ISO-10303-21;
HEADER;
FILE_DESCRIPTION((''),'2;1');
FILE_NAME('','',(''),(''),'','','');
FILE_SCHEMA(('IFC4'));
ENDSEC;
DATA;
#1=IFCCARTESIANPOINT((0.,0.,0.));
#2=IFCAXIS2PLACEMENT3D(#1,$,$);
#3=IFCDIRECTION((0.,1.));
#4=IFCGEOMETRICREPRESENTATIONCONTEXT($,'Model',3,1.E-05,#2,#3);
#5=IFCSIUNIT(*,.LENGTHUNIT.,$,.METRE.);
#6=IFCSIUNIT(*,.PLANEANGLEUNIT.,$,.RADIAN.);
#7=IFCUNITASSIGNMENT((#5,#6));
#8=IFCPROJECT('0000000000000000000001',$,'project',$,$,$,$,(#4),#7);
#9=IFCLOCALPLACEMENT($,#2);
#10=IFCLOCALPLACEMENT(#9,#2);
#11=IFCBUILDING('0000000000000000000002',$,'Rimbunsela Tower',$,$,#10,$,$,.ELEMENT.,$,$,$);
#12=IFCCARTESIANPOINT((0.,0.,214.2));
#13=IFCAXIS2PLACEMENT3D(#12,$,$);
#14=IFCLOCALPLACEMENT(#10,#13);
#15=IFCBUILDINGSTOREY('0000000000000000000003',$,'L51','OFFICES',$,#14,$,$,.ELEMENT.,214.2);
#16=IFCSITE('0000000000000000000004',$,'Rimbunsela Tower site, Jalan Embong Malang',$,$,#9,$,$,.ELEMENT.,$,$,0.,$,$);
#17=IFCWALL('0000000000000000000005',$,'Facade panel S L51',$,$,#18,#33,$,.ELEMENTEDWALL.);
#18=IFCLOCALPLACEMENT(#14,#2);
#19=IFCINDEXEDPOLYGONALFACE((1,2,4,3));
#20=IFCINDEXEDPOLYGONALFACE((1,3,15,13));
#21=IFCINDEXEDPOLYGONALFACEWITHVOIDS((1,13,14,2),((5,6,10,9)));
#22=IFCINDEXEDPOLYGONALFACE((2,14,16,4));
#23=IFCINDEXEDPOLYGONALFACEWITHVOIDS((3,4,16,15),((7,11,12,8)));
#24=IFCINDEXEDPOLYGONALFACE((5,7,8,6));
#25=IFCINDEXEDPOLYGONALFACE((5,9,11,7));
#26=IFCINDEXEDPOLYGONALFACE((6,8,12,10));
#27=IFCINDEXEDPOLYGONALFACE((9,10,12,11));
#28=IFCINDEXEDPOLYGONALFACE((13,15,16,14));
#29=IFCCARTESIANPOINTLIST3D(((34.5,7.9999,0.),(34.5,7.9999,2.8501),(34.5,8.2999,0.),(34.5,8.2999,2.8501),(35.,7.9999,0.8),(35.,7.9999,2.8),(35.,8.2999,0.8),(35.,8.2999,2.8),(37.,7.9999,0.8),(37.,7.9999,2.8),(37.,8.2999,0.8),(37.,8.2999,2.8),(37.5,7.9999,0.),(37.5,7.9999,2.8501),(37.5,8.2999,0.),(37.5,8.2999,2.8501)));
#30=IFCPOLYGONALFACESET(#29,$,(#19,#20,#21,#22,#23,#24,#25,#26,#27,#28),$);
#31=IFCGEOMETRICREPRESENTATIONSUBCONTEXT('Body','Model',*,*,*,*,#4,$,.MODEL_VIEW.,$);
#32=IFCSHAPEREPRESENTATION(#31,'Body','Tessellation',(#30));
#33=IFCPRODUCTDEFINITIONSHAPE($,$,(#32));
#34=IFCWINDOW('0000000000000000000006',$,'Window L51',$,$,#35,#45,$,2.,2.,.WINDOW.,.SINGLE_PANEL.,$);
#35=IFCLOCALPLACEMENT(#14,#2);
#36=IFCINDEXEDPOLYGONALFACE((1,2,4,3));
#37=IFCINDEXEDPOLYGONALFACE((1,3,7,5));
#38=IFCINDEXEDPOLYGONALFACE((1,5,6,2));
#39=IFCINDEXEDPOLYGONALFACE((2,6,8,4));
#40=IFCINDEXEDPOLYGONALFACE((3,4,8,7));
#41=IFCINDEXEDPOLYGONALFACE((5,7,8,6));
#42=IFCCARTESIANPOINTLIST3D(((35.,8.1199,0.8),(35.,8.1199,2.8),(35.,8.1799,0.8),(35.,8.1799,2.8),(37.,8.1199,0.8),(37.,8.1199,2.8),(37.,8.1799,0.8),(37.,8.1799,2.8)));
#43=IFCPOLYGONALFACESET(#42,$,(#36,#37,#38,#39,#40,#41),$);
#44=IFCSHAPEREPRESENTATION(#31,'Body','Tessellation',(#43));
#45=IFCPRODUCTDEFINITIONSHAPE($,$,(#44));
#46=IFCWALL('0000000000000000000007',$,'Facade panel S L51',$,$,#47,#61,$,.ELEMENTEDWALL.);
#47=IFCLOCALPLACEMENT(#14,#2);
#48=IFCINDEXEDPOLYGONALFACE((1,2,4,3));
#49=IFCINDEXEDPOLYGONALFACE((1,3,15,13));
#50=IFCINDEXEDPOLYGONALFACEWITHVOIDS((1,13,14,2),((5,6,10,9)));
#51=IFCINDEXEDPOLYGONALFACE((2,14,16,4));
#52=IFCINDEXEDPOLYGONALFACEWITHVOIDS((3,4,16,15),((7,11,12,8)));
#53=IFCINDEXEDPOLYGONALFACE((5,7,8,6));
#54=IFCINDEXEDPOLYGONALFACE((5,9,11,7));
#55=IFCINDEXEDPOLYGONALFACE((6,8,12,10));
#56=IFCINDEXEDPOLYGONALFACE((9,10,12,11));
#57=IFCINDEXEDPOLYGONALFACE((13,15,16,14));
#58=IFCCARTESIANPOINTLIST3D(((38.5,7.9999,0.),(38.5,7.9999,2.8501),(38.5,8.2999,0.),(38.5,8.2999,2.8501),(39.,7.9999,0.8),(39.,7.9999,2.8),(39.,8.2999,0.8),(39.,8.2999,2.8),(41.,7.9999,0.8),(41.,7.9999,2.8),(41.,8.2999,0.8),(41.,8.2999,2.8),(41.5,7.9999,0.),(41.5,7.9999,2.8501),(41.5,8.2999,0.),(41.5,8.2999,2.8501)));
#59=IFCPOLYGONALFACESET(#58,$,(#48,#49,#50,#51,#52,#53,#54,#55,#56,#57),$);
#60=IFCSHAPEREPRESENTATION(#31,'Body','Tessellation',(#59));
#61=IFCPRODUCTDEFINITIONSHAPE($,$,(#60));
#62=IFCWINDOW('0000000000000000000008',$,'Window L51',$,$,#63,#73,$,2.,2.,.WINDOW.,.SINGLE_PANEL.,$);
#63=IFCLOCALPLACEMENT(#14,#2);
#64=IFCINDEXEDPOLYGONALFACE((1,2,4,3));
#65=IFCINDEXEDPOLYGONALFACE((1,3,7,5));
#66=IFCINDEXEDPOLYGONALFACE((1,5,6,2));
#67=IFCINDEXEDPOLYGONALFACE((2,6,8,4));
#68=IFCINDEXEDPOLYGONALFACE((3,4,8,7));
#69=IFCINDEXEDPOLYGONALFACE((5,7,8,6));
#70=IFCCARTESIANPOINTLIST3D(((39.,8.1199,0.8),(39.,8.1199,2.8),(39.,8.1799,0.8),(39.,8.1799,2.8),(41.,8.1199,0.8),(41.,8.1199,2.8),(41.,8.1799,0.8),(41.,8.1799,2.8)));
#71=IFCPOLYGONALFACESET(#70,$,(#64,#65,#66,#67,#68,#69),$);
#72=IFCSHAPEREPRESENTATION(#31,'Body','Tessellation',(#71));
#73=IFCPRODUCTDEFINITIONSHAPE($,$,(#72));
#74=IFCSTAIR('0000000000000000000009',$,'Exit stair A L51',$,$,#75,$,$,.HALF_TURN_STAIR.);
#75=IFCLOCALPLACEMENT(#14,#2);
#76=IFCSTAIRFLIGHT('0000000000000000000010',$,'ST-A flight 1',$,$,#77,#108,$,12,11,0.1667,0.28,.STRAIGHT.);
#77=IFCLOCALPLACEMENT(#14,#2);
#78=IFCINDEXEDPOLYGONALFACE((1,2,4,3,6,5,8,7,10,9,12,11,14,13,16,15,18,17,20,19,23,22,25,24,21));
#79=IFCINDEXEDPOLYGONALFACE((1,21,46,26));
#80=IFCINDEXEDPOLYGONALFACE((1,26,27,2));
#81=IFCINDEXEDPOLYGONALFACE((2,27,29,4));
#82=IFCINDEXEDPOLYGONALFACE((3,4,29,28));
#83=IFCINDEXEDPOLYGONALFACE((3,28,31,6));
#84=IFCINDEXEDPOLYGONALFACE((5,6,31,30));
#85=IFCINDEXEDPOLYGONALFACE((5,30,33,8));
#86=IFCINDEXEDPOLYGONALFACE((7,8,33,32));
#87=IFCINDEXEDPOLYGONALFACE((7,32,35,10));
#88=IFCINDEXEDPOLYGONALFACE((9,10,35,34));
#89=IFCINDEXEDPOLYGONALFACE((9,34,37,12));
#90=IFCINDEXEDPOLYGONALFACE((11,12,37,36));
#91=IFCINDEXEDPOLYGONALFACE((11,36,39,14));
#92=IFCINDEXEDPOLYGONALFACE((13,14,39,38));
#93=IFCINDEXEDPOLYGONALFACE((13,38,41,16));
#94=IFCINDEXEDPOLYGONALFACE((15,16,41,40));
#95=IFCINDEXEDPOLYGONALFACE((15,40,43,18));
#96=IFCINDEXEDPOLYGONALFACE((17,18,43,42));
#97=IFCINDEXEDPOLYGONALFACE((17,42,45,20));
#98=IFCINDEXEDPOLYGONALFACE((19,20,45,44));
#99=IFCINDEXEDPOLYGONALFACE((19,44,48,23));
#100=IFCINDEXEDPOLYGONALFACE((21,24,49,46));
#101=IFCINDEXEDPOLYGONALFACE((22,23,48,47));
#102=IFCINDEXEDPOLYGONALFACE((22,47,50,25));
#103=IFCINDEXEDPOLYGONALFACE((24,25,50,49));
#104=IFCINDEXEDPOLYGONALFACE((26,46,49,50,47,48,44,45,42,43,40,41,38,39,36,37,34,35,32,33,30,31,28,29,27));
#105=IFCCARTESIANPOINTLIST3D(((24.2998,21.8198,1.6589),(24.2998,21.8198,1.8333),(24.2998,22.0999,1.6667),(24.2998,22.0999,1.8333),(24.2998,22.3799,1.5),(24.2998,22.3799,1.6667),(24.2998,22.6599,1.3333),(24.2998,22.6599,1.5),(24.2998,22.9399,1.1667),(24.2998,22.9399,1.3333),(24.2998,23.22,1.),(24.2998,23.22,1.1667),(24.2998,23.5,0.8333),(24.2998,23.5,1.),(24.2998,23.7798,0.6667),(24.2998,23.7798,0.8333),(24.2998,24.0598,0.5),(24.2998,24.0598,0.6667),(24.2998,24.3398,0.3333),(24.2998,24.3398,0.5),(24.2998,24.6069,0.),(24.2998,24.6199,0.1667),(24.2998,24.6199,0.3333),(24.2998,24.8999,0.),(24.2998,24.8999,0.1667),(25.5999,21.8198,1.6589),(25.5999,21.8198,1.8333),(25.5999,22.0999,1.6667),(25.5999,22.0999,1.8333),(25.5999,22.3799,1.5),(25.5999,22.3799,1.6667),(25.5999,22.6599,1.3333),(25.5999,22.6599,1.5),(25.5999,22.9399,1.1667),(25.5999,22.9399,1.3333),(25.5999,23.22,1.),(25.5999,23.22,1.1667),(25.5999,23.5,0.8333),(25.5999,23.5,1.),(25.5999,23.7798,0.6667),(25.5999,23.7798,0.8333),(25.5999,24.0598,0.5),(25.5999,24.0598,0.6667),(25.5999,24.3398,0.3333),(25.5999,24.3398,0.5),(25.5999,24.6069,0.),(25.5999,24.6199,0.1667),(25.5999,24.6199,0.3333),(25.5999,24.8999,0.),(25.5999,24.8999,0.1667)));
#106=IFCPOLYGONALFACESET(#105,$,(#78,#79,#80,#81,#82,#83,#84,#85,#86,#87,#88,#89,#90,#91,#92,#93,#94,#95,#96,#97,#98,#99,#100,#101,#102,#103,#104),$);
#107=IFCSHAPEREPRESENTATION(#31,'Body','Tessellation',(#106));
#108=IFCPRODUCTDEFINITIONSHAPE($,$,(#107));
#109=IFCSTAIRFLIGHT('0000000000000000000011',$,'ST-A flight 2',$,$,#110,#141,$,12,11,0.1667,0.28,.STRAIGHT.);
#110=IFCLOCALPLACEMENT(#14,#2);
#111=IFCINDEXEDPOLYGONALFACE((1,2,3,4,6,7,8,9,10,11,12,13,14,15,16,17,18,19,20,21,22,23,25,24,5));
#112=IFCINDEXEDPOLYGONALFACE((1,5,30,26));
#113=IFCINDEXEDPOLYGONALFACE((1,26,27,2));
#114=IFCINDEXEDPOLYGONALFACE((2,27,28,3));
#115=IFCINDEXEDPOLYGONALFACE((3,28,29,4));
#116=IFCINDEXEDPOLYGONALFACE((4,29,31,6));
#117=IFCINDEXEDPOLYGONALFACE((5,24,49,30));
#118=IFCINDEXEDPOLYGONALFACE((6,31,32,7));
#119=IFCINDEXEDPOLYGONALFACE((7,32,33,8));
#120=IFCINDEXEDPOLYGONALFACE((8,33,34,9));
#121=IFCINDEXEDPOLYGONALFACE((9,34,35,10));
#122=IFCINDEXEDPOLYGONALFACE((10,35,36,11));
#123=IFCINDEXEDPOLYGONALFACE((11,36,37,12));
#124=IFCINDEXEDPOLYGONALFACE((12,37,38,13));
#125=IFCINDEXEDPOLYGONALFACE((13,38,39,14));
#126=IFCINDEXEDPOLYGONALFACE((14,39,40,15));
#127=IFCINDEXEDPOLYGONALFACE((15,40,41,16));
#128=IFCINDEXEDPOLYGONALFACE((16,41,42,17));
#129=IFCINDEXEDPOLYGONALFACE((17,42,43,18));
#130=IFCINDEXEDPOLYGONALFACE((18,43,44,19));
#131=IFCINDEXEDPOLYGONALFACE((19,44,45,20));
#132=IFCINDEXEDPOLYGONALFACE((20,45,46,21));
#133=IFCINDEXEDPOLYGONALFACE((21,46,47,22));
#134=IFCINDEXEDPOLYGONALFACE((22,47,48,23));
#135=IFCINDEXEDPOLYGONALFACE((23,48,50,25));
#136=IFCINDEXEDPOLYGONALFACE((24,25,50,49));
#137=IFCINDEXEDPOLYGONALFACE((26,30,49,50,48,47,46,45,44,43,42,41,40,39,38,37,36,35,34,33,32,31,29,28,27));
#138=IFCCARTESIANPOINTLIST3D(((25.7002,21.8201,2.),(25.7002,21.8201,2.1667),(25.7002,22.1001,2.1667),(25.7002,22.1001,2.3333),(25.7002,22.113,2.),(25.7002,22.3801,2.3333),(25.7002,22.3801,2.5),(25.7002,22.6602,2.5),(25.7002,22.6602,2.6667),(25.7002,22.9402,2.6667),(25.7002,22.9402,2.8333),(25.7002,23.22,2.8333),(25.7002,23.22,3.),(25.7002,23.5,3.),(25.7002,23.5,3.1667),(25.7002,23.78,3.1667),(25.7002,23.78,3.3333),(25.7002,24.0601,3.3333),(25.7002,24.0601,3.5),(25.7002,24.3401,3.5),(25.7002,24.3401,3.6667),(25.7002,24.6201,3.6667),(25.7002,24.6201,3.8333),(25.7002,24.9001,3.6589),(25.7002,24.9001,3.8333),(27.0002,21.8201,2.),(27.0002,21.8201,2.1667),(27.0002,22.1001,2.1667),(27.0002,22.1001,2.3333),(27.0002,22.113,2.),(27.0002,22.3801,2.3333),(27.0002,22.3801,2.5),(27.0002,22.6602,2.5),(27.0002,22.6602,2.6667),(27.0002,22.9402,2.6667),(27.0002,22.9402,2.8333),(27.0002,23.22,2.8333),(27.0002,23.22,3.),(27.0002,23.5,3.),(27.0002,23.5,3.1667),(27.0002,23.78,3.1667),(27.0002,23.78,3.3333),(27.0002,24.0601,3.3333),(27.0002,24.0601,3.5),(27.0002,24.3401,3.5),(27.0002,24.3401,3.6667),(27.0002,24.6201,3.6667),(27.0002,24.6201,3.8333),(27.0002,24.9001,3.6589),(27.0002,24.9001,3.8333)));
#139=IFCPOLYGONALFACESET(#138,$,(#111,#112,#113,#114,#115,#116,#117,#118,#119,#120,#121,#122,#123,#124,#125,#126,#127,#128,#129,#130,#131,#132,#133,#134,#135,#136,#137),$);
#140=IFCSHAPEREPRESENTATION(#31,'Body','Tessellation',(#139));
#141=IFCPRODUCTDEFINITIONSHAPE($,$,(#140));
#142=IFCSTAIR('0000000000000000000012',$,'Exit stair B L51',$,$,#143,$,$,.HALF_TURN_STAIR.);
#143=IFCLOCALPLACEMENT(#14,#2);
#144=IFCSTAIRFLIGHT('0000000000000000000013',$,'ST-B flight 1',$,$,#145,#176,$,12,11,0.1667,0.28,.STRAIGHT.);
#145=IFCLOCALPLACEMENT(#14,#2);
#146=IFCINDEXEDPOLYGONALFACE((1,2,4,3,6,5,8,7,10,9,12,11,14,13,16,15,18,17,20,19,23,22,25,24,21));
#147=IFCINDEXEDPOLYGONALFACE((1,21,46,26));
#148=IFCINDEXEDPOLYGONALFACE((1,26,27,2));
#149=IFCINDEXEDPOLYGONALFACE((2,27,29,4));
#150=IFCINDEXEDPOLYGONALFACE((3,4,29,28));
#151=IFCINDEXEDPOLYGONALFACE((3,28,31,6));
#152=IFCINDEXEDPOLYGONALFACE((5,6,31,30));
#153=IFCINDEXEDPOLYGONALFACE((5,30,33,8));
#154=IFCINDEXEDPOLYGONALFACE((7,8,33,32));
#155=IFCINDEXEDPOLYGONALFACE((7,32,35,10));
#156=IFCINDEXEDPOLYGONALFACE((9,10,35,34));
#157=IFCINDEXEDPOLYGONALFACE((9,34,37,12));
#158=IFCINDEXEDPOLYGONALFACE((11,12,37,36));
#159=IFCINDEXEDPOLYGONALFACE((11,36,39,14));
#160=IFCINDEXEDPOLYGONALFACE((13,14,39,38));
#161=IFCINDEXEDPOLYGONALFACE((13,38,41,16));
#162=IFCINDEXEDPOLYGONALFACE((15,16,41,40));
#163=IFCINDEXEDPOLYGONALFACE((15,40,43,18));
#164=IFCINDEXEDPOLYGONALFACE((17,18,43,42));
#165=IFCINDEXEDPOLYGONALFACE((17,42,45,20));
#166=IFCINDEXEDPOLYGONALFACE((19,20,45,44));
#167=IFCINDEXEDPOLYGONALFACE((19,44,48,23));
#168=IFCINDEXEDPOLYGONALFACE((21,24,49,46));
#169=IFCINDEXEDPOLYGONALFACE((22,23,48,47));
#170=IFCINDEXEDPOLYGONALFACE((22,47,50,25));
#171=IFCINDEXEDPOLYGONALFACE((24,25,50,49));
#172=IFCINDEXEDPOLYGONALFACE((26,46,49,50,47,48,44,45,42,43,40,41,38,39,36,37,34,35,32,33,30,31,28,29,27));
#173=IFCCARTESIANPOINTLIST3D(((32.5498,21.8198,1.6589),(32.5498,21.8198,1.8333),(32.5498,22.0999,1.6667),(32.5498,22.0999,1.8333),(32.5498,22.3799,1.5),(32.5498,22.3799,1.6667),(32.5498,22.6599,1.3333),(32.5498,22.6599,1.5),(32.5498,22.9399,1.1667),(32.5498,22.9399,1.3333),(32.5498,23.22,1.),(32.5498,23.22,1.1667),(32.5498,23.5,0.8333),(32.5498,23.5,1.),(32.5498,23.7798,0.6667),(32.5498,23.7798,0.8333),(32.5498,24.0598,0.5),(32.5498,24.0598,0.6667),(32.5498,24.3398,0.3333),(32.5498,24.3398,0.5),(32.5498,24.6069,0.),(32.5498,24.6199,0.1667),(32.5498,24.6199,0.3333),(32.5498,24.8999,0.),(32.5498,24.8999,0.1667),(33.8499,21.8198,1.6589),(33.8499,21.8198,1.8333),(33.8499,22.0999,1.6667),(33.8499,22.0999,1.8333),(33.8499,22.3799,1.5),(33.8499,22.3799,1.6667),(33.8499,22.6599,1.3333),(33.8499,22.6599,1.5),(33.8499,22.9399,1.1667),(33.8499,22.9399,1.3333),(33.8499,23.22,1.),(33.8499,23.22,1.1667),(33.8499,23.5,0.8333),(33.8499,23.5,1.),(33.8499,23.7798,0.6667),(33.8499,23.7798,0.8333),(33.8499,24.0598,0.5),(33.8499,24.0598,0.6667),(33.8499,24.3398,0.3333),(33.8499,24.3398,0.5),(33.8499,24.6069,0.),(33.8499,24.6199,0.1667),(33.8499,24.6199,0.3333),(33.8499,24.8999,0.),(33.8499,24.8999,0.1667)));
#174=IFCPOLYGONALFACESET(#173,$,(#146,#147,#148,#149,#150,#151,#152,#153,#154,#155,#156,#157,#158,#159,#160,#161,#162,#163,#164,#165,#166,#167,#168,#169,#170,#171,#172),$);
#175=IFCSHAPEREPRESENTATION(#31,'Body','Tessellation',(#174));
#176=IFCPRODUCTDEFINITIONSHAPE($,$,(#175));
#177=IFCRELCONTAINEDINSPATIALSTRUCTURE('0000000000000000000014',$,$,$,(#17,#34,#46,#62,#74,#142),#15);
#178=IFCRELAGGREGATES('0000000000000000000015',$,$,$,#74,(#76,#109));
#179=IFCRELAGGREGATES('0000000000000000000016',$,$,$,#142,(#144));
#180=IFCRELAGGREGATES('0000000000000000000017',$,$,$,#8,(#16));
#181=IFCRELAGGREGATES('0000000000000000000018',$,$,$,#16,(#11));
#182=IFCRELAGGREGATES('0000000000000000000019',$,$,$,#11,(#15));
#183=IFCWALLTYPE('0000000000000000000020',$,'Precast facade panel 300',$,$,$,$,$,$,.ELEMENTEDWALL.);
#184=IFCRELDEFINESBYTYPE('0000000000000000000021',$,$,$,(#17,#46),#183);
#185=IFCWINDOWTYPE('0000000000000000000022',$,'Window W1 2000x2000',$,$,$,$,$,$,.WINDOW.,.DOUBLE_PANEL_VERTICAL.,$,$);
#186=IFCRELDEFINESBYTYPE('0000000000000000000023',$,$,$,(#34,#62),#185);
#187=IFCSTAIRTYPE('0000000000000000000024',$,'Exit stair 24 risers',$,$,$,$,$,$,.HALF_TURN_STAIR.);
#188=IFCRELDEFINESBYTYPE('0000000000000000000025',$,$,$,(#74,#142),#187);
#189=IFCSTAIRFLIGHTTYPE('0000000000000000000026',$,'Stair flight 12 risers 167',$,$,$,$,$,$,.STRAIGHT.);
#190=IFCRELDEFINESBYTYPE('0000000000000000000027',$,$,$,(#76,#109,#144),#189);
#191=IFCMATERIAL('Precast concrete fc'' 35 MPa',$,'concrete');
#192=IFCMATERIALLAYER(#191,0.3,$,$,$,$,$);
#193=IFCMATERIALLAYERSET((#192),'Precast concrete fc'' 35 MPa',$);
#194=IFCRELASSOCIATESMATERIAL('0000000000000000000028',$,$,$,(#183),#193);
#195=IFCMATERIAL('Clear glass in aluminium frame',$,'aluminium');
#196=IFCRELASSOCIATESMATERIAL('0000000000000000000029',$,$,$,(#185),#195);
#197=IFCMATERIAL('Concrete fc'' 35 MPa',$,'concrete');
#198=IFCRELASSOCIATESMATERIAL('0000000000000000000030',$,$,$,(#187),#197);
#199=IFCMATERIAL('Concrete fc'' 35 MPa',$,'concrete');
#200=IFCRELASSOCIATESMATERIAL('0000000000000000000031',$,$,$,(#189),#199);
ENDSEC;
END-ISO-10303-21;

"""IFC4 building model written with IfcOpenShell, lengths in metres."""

from ifc_helpers import new_model, si_unit, direction, frame, frame_2d, origin, place, context, subcontext, project, spatial, polyline, rectangle, outline, extrude, material, layer, layer_set, type_object, element, fill, aggregate, save


model = new_model("IFC4")

# Units and contexts
model_context = context("Model", 3, precision=1e-05, world=origin(), true_north=direction((0.0, 1.0)))
body_context = subcontext(model_context, "Body", "Model", "MODEL_VIEW")
ifc_project = project(units=[si_unit("LENGTHUNIT", "METRE"), si_unit("PLANEANGLEUNIT", "RADIAN")], contexts=[model_context])

# Site, building, storey
site_placement = place(None, origin())
site = spatial("IfcSite", under=ifc_project, at=site_placement, Name="Rimbunsela Tower site, Jalan Embong Malang", CompositionType="ELEMENT", RefElevation=0.0)
building_placement = place(site_placement, origin())
building = spatial("IfcBuilding", under=site, at=building_placement, Name="Rimbunsela Tower", CompositionType="ELEMENT")
storey_placement = place(building_placement, frame((0.0, 0.0, 214.2)))
storey = spatial("IfcBuildingStorey", under=building, at=storey_placement, Name="L51", Description="OFFICES", CompositionType="ELEMENT", Elevation=214.2)

# Walls, openings, windows
ifc_material_1 = material(Name="Precast concrete fc' 35 MPa", Category="concrete")
ifc_layer_1 = layer(ifc_material_1, 0.3)
ifc_layer_set_1 = layer_set([ifc_layer_1], Name="Precast concrete fc' 35 MPa")
wall_type_1 = type_object("IfcWallType", Name="Precast facade panel 300", PredefinedType="ELEMENTEDWALL", material=ifc_layer_set_1)
wall_1_placement = place(storey_placement, frame((34.5, 8.1499, 0.0), z_axis=(0.0, 0.0, 1.0), x_axis=(1.0, 0.0, 0.0)))
wall_1 = element("IfcWall", 1, at=wall_1_placement, inside=storey, type_object=wall_type_1, Name="Facade panel S L51", PredefinedType="ELEMENTEDWALL", context=body_context, shape_type="SweptSolid", body=[
    extrude(rectangle(XDim=3.0, YDim=0.3, at=frame_2d((1.5, 0.0))), origin(), (0.0, 0.0, 1.0), 2.8501),
])
opening_1_placement = place(wall_1_placement, frame((0.5, 0.0, 0.8)))
opening_1 = element("IfcOpeningElement", 2, at=opening_1_placement, cuts=wall_1, PredefinedType="OPENING", context=body_context, shape_type="SweptSolid", body=[
    extrude(rectangle(XDim=2.0, YDim=2.0, at=frame_2d((1.0, 1.0))), frame((0.0, 0.1599, 0.0), z_axis=(0.0, -1.0, 0.0), x_axis=(1.0, 0.0, 0.0)), (0.0, 0.0, 1.0), 0.3201),
])
ifc_material_2 = material(Name="Clear glass in aluminium frame", Category="aluminium")
window_type = type_object("IfcWindowType", Name="Window W1 2000x2000", PartitioningType="DOUBLE_PANEL_VERTICAL", PredefinedType="WINDOW", material=ifc_material_2)
window_1_placement = place(opening_1_placement, origin())
window_1 = element("IfcWindow", 3, at=window_1_placement, inside=storey, type_object=window_type, Name="Window L51", OverallHeight=2.0, OverallWidth=2.0, PartitioningType="SINGLE_PANEL", PredefinedType="WINDOW", context=body_context, shape_type="SweptSolid", body=[
    extrude(rectangle(XDim=2.0, YDim=2.0, at=frame_2d((1.0, 1.0))), frame((0.0, 0.03, 0.0), z_axis=(0.0, -1.0, 0.0), x_axis=(1.0, 0.0, 0.0)), (0.0, 0.0, 1.0), 0.0601),
])
fill(opening_1, window_1)
wall_2_placement = place(storey_placement, frame((38.5, 8.1499, 0.0), z_axis=(0.0, 0.0, 1.0), x_axis=(1.0, 0.0, 0.0)))
wall_2 = element("IfcWall", 4, at=wall_2_placement, inside=storey, type_object=wall_type_1, Name="Facade panel S L51", PredefinedType="ELEMENTEDWALL", context=body_context, shape_type="SweptSolid", body=[
    extrude(rectangle(XDim=3.0, YDim=0.3, at=frame_2d((1.5, 0.0))), origin(), (0.0, 0.0, 1.0), 2.8501),
])
opening_2_placement = place(wall_2_placement, frame((0.5, 0.0, 0.8)))
opening_2 = element("IfcOpeningElement", 5, at=opening_2_placement, cuts=wall_2, PredefinedType="OPENING", context=body_context, shape_type="SweptSolid", body=[
    extrude(rectangle(XDim=2.0, YDim=2.0, at=frame_2d((1.0, 1.0))), frame((0.0, 0.1599, 0.0), z_axis=(0.0, -1.0, 0.0), x_axis=(1.0, 0.0, 0.0)), (0.0, 0.0, 1.0), 0.3201),
])
window_2_placement = place(opening_2_placement, origin())
window_2 = element("IfcWindow", 6, at=window_2_placement, inside=storey, type_object=window_type, Name="Window L51", OverallHeight=2.0, OverallWidth=2.0, PartitioningType="SINGLE_PANEL", PredefinedType="WINDOW", context=body_context, shape_type="SweptSolid", body=[
    extrude(rectangle(XDim=2.0, YDim=2.0, at=frame_2d((1.0, 1.0))), frame((0.0, 0.03, 0.0), z_axis=(0.0, -1.0, 0.0), x_axis=(1.0, 0.0, 0.0)), (0.0, 0.0, 1.0), 0.0601),
])
fill(opening_2, window_2)

# Stairs, stair flights
ifc_material_3 = material(Name="Concrete fc' 35 MPa", Category="concrete")
stair_type = type_object("IfcStairType", Name="Exit stair 24 risers", PredefinedType="HALF_TURN_STAIR", material=ifc_material_3)
stair_1_placement = place(storey_placement, origin())
stair_1 = element("IfcStair", 7, at=stair_1_placement, inside=storey, type_object=stair_type, Name="Exit stair A L51", PredefinedType="HALF_TURN_STAIR")
ifc_material_4 = material(Name="Concrete fc' 35 MPa", Category="concrete")
stair_flight_type = type_object("IfcStairFlightType", Name="Stair flight 12 risers 167", PredefinedType="STRAIGHT", material=ifc_material_4)
stair_flight_1_placement = place(storey_placement, frame((24.95, 24.8999, 0.0), z_axis=(0.0, 0.0, 1.0), x_axis=(0.0, -1.0, 0.0)))
stair_flight_1 = element("IfcStairFlight", 8, at=stair_flight_1_placement, type_object=stair_flight_type, Name="ST-A flight 1", NumberOfRisers=12, NumberOfTreads=11, PredefinedType="STRAIGHT", RiserHeight=0.1667, TreadLength=0.28, context=body_context, shape_type="SweptSolid", body=[
    extrude(outline(polyline([(0.0, 0.0), (0.0, 0.1667), (0.28, 0.1667), (0.28, 0.3333), (0.5601, 0.3333), (0.5601, 0.5), (0.8401, 0.5), (0.8401, 0.6667), (1.1201, 0.6667), (1.1201, 0.8333), (1.3999, 0.8333), (1.3999, 1.0), (1.6799, 1.0), (1.6799, 1.1667), (1.96, 1.1667), (1.96, 1.3333), (2.24, 1.3333), (2.24, 1.5), (2.52, 1.5), (2.52, 1.6667), (2.8, 1.6667), (2.8, 1.8333), (3.0801, 1.8333), (3.0801, 2.0), (3.0801, 1.6589), (0.293, 0.0), (0.0, 0.0)])), frame((0.0, 0.6499, 0.0), z_axis=(0.0, -1.0, 0.0), x_axis=(1.0, 0.0, 0.0)), (0.0, 0.0, 1.0), 1.3),
])
stair_flight_2_placement = place(storey_placement, frame((26.3501, 21.8201, 2.0), z_axis=(0.0, 0.0, 1.0), x_axis=(0.0, 1.0, 0.0)))
stair_flight_2 = element("IfcStairFlight", 9, at=stair_flight_2_placement, type_object=stair_flight_type, Name="ST-A flight 2", NumberOfRisers=12, NumberOfTreads=11, PredefinedType="STRAIGHT", RiserHeight=0.1667, TreadLength=0.28, context=body_context, shape_type="SweptSolid", body=[
    extrude(outline(polyline([(0.0, 0.0), (0.0, 0.1667), (0.28, 0.1667), (0.28, 0.3333), (0.5601, 0.3333), (0.5601, 0.5), (0.8401, 0.5), (0.8401, 0.6667), (1.1201, 0.6667), (1.1201, 0.8333), (1.3999, 0.8333), (1.3999, 1.0), (1.6799, 1.0), (1.6799, 1.1667), (1.96, 1.1667), (1.96, 1.3333), (2.24, 1.3333), (2.24, 1.5), (2.52, 1.5), (2.52, 1.6667), (2.8, 1.6667), (2.8, 1.8333), (3.0801, 1.8333), (3.0801, 2.0), (3.0801, 1.6589), (0.293, 0.0), (0.0, 0.0)])), frame((0.0, 0.6499, 0.0), z_axis=(0.0, -1.0, 0.0), x_axis=(1.0, 0.0, 0.0)), (0.0, 0.0, 1.0), 1.3),
])
aggregate(stair_1, [stair_flight_1, stair_flight_2])
stair_2_placement = place(storey_placement, origin())
stair_2 = element("IfcStair", 10, at=stair_2_placement, inside=storey, type_object=stair_type, Name="Exit stair B L51", PredefinedType="HALF_TURN_STAIR")
stair_flight_3_placement = place(storey_placement, frame((33.2, 24.8999, 0.0), z_axis=(0.0, 0.0, 1.0), x_axis=(0.0, -1.0, 0.0)))
stair_flight_3 = element("IfcStairFlight", 11, at=stair_flight_3_placement, type_object=stair_flight_type, Name="ST-B flight 1", NumberOfRisers=12, NumberOfTreads=11, PredefinedType="STRAIGHT", RiserHeight=0.1667, TreadLength=0.28, context=body_context, shape_type="SweptSolid", body=[
    extrude(outline(polyline([(0.0, 0.0), (0.0, 0.1667), (0.28, 0.1667), (0.28, 0.3333), (0.5601, 0.3333), (0.5601, 0.5), (0.8401, 0.5), (0.8401, 0.6667), (1.1201, 0.6667), (1.1201, 0.8333), (1.3999, 0.8333), (1.3999, 1.0), (1.6799, 1.0), (1.6799, 1.1667), (1.96, 1.1667), (1.96, 1.3333), (2.24, 1.3333), (2.24, 1.5), (2.52, 1.5), (2.52, 1.6667), (2.8, 1.6667), (2.8, 1.8333), (3.0801, 1.8333), (3.0801, 2.0), (3.0801, 1.6589), (0.293, 0.0), (0.0, 0.0)])), frame((0.0, 0.6499, 0.0), z_axis=(0.0, -1.0, 0.0), x_axis=(1.0, 0.0, 0.0)), (0.0, 0.0, 1.0), 1.3),
])
aggregate(stair_2, [stair_flight_3])

save(model, "model.ifc")
